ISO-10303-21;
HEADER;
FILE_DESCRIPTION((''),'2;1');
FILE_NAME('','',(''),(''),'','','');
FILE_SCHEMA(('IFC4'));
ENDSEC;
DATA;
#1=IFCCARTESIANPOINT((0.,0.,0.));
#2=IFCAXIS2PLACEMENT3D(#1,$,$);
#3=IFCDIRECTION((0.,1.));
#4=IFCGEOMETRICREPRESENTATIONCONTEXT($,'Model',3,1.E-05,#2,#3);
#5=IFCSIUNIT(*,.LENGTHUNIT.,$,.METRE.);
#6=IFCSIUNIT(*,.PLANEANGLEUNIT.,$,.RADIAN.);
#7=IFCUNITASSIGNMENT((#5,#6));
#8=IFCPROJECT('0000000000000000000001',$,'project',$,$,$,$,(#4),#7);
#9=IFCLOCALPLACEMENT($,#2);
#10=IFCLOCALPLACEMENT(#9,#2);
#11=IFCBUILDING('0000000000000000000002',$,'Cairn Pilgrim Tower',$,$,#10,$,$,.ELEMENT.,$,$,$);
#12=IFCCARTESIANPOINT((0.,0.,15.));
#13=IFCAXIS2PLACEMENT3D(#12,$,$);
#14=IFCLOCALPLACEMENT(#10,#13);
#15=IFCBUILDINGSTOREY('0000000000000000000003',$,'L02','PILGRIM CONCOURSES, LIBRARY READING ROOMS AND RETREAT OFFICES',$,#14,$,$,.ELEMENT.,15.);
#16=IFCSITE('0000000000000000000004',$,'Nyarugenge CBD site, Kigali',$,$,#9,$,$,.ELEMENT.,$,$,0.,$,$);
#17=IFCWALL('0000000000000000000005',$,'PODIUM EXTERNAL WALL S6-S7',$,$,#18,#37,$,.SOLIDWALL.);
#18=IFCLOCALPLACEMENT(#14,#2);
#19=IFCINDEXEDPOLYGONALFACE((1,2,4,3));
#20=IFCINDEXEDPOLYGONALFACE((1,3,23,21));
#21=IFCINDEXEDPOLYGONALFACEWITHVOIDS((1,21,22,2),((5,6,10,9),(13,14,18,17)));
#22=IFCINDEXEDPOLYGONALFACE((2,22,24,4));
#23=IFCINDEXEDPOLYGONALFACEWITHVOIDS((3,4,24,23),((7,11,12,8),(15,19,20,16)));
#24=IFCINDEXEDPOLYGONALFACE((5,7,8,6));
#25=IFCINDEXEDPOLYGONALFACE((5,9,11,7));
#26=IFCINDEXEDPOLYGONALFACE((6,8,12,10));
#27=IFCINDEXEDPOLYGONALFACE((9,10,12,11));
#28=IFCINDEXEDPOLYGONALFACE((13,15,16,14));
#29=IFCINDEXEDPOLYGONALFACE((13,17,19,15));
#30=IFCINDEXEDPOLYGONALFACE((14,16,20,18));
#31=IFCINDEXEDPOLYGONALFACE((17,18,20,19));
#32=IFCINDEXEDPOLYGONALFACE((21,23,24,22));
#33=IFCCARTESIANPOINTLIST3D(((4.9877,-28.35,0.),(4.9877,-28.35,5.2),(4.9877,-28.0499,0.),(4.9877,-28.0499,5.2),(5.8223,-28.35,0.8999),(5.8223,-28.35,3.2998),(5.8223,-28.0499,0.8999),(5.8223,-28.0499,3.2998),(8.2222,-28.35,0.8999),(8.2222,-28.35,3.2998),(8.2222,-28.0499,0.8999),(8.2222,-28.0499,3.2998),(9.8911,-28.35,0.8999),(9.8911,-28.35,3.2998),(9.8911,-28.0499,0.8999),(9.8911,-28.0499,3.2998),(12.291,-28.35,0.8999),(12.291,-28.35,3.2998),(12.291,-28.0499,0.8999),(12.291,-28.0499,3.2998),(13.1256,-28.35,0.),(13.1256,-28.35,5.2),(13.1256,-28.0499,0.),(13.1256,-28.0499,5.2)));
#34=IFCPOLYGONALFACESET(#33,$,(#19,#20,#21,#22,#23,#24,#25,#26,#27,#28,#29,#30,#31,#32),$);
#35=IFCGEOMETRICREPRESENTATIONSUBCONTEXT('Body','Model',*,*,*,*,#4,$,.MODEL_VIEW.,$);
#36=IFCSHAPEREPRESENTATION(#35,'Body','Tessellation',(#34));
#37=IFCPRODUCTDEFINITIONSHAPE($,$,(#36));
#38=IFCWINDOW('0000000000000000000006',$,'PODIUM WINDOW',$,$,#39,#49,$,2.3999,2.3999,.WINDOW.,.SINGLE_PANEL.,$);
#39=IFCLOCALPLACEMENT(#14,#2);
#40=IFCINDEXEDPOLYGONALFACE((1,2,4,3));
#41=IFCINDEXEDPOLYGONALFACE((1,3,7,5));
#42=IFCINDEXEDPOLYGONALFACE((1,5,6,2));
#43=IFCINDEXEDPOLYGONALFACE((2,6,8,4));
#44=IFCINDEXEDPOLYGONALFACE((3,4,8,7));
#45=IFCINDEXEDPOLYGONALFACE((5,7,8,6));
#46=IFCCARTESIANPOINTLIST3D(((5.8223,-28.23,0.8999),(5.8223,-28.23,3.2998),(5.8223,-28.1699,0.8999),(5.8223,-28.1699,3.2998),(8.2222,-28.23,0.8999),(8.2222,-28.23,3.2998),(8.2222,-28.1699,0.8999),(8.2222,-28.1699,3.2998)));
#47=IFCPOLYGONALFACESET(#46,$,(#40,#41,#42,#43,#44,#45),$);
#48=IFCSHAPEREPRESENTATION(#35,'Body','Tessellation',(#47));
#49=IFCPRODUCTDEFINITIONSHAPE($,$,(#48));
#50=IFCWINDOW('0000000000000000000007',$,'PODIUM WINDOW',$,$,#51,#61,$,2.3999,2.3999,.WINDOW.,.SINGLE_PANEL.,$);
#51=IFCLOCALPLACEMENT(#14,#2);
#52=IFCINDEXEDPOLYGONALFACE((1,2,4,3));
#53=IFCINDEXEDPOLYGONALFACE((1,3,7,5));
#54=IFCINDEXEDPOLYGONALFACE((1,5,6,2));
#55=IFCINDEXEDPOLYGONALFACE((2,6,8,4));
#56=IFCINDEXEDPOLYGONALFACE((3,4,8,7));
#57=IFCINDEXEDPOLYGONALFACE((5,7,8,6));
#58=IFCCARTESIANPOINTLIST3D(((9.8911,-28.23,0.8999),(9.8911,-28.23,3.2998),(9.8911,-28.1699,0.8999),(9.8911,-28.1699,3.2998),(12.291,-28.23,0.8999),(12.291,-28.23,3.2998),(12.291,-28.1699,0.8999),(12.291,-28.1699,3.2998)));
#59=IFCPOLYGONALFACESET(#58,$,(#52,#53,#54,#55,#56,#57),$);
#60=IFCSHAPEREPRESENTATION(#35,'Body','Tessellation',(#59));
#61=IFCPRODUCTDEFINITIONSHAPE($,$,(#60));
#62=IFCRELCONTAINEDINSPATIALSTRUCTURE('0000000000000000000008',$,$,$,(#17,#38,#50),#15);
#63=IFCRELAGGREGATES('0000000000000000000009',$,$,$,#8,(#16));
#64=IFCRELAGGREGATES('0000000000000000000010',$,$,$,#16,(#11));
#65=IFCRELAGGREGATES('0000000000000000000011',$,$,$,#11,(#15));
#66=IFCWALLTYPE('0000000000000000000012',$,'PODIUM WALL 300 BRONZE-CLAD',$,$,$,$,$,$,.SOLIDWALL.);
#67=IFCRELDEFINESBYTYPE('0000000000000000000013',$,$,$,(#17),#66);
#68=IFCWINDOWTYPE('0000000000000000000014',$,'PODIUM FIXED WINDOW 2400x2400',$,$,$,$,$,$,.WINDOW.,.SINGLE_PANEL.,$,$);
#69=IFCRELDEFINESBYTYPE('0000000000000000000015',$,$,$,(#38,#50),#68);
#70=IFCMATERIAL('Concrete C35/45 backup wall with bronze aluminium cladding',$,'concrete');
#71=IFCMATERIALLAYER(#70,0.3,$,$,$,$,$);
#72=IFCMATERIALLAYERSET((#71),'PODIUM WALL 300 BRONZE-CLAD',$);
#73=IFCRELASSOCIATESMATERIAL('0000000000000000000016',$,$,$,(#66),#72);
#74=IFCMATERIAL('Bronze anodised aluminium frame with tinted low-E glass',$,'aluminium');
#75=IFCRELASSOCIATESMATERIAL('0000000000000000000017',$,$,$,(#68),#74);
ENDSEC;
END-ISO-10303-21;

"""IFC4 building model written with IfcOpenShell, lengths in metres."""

from ifc_helpers import new_model, si_unit, direction, frame, frame_2d, origin, place, context, subcontext, project, spatial, rectangle, extrude, material, layer, layer_set, type_object, element, fill, save


model = new_model("IFC4")

# Units and contexts
model_context = context("Model", 3, precision=1e-05, world=origin(), true_north=direction((0.0, 1.0)))
body_context = subcontext(model_context, "Body", "Model", "MODEL_VIEW")
ifc_project = project(units=[si_unit("LENGTHUNIT", "METRE"), si_unit("PLANEANGLEUNIT", "RADIAN")], contexts=[model_context])

# Site, building, storey
site_placement = place(None, origin())
site = spatial("IfcSite", under=ifc_project, at=site_placement, Name="Nyarugenge CBD site, Kigali", CompositionType="ELEMENT", RefElevation=0.0)
building_placement = place(site_placement, origin())
building = spatial("IfcBuilding", under=site, at=building_placement, Name="Cairn Pilgrim Tower", CompositionType="ELEMENT")
storey_placement = place(building_placement, frame((0.0, 0.0, 15.0)))
storey = spatial("IfcBuildingStorey", under=building, at=storey_placement, Name="L02", Description="PILGRIM CONCOURSES, LIBRARY READING ROOMS AND RETREAT OFFICES", CompositionType="ELEMENT", Elevation=15.0)

# Wall, openings, windows
ifc_material_1 = material(Name="Concrete C35/45 backup wall with bronze aluminium cladding", Category="concrete")
ifc_layer_1 = layer(ifc_material_1, 0.3)
ifc_layer_set_1 = layer_set([ifc_layer_1], Name="PODIUM WALL 300 BRONZE-CLAD")
wall_type_1 = type_object("IfcWallType", Name="PODIUM WALL 300 BRONZE-CLAD", PredefinedType="SOLIDWALL", material=ifc_layer_set_1)
wall_1_placement = place(storey_placement, frame((4.9878, -28.2, 0.0), z_axis=(0.0, 0.0, 1.0), x_axis=(1.0, 0.0, 0.0)))
wall_1 = element("IfcWall", 1, at=wall_1_placement, inside=storey, type_object=wall_type_1, Name="PODIUM EXTERNAL WALL S6-S7", PredefinedType="SOLIDWALL", context=body_context, shape_type="SweptSolid", body=[
    extrude(rectangle(XDim=8.1379, YDim=0.3, at=frame_2d((4.0688, 0.0))), origin(), (0.0, 0.0, 1.0), 5.2),
])
opening_1_placement = place(wall_1_placement, frame((0.8345, 0.0, 0.8999)))
opening_1 = element("IfcOpeningElement", 2, at=opening_1_placement, cuts=wall_1, PredefinedType="OPENING", context=body_context, shape_type="SweptSolid", body=[
    extrude(rectangle(XDim=2.3999, YDim=2.3999, at=frame_2d((1.2, 1.2))), frame((0.0, 0.1602, 0.0), z_axis=(0.0, -1.0, 0.0), x_axis=(1.0, 0.0, 0.0)), (0.0, 0.0, 1.0), 0.3201),
])
opening_2_placement = place(wall_1_placement, frame((4.9033, 0.0, 0.8999)))
opening_2 = element("IfcOpeningElement", 3, at=opening_2_placement, cuts=wall_1, PredefinedType="OPENING", context=body_context, shape_type="SweptSolid", body=[
    extrude(rectangle(XDim=2.3999, YDim=2.3999, at=frame_2d((1.2, 1.2))), frame((0.0, 0.1602, 0.0), z_axis=(0.0, -1.0, 0.0), x_axis=(1.0, 0.0, 0.0)), (0.0, 0.0, 1.0), 0.3201),
])
ifc_material_2 = material(Name="Bronze anodised aluminium frame with tinted low-E glass", Category="aluminium")
window_type = type_object("IfcWindowType", Name="PODIUM FIXED WINDOW 2400x2400", PartitioningType="SINGLE_PANEL", PredefinedType="WINDOW", material=ifc_material_2)
window_1_placement = place(opening_1_placement, origin())
window_1 = element("IfcWindow", 4, at=window_1_placement, inside=storey, type_object=window_type, Name="PODIUM WINDOW", OverallHeight=2.3999, OverallWidth=2.3999, PartitioningType="SINGLE_PANEL", PredefinedType="WINDOW", context=body_context, shape_type="SweptSolid", body=[
    extrude(rectangle(XDim=2.3999, YDim=2.3999, at=frame_2d((1.2, 1.2))), frame((0.0, 0.03, 0.0), z_axis=(0.0, -1.0, 0.0), x_axis=(1.0, 0.0, 0.0)), (0.0, 0.0, 1.0), 0.0601),
])
fill(opening_1, window_1)
window_2_placement = place(opening_2_placement, origin())
window_2 = element("IfcWindow", 5, at=window_2_placement, inside=storey, type_object=window_type, Name="PODIUM WINDOW", OverallHeight=2.3999, OverallWidth=2.3999, PartitioningType="SINGLE_PANEL", PredefinedType="WINDOW", context=body_context, shape_type="SweptSolid", body=[
    extrude(rectangle(XDim=2.3999, YDim=2.3999, at=frame_2d((1.2, 1.2))), frame((0.0, 0.03, 0.0), z_axis=(0.0, -1.0, 0.0), x_axis=(1.0, 0.0, 0.0)), (0.0, 0.0, 1.0), 0.0601),
])
fill(opening_2, window_2)

save(model, "model.ifc")
